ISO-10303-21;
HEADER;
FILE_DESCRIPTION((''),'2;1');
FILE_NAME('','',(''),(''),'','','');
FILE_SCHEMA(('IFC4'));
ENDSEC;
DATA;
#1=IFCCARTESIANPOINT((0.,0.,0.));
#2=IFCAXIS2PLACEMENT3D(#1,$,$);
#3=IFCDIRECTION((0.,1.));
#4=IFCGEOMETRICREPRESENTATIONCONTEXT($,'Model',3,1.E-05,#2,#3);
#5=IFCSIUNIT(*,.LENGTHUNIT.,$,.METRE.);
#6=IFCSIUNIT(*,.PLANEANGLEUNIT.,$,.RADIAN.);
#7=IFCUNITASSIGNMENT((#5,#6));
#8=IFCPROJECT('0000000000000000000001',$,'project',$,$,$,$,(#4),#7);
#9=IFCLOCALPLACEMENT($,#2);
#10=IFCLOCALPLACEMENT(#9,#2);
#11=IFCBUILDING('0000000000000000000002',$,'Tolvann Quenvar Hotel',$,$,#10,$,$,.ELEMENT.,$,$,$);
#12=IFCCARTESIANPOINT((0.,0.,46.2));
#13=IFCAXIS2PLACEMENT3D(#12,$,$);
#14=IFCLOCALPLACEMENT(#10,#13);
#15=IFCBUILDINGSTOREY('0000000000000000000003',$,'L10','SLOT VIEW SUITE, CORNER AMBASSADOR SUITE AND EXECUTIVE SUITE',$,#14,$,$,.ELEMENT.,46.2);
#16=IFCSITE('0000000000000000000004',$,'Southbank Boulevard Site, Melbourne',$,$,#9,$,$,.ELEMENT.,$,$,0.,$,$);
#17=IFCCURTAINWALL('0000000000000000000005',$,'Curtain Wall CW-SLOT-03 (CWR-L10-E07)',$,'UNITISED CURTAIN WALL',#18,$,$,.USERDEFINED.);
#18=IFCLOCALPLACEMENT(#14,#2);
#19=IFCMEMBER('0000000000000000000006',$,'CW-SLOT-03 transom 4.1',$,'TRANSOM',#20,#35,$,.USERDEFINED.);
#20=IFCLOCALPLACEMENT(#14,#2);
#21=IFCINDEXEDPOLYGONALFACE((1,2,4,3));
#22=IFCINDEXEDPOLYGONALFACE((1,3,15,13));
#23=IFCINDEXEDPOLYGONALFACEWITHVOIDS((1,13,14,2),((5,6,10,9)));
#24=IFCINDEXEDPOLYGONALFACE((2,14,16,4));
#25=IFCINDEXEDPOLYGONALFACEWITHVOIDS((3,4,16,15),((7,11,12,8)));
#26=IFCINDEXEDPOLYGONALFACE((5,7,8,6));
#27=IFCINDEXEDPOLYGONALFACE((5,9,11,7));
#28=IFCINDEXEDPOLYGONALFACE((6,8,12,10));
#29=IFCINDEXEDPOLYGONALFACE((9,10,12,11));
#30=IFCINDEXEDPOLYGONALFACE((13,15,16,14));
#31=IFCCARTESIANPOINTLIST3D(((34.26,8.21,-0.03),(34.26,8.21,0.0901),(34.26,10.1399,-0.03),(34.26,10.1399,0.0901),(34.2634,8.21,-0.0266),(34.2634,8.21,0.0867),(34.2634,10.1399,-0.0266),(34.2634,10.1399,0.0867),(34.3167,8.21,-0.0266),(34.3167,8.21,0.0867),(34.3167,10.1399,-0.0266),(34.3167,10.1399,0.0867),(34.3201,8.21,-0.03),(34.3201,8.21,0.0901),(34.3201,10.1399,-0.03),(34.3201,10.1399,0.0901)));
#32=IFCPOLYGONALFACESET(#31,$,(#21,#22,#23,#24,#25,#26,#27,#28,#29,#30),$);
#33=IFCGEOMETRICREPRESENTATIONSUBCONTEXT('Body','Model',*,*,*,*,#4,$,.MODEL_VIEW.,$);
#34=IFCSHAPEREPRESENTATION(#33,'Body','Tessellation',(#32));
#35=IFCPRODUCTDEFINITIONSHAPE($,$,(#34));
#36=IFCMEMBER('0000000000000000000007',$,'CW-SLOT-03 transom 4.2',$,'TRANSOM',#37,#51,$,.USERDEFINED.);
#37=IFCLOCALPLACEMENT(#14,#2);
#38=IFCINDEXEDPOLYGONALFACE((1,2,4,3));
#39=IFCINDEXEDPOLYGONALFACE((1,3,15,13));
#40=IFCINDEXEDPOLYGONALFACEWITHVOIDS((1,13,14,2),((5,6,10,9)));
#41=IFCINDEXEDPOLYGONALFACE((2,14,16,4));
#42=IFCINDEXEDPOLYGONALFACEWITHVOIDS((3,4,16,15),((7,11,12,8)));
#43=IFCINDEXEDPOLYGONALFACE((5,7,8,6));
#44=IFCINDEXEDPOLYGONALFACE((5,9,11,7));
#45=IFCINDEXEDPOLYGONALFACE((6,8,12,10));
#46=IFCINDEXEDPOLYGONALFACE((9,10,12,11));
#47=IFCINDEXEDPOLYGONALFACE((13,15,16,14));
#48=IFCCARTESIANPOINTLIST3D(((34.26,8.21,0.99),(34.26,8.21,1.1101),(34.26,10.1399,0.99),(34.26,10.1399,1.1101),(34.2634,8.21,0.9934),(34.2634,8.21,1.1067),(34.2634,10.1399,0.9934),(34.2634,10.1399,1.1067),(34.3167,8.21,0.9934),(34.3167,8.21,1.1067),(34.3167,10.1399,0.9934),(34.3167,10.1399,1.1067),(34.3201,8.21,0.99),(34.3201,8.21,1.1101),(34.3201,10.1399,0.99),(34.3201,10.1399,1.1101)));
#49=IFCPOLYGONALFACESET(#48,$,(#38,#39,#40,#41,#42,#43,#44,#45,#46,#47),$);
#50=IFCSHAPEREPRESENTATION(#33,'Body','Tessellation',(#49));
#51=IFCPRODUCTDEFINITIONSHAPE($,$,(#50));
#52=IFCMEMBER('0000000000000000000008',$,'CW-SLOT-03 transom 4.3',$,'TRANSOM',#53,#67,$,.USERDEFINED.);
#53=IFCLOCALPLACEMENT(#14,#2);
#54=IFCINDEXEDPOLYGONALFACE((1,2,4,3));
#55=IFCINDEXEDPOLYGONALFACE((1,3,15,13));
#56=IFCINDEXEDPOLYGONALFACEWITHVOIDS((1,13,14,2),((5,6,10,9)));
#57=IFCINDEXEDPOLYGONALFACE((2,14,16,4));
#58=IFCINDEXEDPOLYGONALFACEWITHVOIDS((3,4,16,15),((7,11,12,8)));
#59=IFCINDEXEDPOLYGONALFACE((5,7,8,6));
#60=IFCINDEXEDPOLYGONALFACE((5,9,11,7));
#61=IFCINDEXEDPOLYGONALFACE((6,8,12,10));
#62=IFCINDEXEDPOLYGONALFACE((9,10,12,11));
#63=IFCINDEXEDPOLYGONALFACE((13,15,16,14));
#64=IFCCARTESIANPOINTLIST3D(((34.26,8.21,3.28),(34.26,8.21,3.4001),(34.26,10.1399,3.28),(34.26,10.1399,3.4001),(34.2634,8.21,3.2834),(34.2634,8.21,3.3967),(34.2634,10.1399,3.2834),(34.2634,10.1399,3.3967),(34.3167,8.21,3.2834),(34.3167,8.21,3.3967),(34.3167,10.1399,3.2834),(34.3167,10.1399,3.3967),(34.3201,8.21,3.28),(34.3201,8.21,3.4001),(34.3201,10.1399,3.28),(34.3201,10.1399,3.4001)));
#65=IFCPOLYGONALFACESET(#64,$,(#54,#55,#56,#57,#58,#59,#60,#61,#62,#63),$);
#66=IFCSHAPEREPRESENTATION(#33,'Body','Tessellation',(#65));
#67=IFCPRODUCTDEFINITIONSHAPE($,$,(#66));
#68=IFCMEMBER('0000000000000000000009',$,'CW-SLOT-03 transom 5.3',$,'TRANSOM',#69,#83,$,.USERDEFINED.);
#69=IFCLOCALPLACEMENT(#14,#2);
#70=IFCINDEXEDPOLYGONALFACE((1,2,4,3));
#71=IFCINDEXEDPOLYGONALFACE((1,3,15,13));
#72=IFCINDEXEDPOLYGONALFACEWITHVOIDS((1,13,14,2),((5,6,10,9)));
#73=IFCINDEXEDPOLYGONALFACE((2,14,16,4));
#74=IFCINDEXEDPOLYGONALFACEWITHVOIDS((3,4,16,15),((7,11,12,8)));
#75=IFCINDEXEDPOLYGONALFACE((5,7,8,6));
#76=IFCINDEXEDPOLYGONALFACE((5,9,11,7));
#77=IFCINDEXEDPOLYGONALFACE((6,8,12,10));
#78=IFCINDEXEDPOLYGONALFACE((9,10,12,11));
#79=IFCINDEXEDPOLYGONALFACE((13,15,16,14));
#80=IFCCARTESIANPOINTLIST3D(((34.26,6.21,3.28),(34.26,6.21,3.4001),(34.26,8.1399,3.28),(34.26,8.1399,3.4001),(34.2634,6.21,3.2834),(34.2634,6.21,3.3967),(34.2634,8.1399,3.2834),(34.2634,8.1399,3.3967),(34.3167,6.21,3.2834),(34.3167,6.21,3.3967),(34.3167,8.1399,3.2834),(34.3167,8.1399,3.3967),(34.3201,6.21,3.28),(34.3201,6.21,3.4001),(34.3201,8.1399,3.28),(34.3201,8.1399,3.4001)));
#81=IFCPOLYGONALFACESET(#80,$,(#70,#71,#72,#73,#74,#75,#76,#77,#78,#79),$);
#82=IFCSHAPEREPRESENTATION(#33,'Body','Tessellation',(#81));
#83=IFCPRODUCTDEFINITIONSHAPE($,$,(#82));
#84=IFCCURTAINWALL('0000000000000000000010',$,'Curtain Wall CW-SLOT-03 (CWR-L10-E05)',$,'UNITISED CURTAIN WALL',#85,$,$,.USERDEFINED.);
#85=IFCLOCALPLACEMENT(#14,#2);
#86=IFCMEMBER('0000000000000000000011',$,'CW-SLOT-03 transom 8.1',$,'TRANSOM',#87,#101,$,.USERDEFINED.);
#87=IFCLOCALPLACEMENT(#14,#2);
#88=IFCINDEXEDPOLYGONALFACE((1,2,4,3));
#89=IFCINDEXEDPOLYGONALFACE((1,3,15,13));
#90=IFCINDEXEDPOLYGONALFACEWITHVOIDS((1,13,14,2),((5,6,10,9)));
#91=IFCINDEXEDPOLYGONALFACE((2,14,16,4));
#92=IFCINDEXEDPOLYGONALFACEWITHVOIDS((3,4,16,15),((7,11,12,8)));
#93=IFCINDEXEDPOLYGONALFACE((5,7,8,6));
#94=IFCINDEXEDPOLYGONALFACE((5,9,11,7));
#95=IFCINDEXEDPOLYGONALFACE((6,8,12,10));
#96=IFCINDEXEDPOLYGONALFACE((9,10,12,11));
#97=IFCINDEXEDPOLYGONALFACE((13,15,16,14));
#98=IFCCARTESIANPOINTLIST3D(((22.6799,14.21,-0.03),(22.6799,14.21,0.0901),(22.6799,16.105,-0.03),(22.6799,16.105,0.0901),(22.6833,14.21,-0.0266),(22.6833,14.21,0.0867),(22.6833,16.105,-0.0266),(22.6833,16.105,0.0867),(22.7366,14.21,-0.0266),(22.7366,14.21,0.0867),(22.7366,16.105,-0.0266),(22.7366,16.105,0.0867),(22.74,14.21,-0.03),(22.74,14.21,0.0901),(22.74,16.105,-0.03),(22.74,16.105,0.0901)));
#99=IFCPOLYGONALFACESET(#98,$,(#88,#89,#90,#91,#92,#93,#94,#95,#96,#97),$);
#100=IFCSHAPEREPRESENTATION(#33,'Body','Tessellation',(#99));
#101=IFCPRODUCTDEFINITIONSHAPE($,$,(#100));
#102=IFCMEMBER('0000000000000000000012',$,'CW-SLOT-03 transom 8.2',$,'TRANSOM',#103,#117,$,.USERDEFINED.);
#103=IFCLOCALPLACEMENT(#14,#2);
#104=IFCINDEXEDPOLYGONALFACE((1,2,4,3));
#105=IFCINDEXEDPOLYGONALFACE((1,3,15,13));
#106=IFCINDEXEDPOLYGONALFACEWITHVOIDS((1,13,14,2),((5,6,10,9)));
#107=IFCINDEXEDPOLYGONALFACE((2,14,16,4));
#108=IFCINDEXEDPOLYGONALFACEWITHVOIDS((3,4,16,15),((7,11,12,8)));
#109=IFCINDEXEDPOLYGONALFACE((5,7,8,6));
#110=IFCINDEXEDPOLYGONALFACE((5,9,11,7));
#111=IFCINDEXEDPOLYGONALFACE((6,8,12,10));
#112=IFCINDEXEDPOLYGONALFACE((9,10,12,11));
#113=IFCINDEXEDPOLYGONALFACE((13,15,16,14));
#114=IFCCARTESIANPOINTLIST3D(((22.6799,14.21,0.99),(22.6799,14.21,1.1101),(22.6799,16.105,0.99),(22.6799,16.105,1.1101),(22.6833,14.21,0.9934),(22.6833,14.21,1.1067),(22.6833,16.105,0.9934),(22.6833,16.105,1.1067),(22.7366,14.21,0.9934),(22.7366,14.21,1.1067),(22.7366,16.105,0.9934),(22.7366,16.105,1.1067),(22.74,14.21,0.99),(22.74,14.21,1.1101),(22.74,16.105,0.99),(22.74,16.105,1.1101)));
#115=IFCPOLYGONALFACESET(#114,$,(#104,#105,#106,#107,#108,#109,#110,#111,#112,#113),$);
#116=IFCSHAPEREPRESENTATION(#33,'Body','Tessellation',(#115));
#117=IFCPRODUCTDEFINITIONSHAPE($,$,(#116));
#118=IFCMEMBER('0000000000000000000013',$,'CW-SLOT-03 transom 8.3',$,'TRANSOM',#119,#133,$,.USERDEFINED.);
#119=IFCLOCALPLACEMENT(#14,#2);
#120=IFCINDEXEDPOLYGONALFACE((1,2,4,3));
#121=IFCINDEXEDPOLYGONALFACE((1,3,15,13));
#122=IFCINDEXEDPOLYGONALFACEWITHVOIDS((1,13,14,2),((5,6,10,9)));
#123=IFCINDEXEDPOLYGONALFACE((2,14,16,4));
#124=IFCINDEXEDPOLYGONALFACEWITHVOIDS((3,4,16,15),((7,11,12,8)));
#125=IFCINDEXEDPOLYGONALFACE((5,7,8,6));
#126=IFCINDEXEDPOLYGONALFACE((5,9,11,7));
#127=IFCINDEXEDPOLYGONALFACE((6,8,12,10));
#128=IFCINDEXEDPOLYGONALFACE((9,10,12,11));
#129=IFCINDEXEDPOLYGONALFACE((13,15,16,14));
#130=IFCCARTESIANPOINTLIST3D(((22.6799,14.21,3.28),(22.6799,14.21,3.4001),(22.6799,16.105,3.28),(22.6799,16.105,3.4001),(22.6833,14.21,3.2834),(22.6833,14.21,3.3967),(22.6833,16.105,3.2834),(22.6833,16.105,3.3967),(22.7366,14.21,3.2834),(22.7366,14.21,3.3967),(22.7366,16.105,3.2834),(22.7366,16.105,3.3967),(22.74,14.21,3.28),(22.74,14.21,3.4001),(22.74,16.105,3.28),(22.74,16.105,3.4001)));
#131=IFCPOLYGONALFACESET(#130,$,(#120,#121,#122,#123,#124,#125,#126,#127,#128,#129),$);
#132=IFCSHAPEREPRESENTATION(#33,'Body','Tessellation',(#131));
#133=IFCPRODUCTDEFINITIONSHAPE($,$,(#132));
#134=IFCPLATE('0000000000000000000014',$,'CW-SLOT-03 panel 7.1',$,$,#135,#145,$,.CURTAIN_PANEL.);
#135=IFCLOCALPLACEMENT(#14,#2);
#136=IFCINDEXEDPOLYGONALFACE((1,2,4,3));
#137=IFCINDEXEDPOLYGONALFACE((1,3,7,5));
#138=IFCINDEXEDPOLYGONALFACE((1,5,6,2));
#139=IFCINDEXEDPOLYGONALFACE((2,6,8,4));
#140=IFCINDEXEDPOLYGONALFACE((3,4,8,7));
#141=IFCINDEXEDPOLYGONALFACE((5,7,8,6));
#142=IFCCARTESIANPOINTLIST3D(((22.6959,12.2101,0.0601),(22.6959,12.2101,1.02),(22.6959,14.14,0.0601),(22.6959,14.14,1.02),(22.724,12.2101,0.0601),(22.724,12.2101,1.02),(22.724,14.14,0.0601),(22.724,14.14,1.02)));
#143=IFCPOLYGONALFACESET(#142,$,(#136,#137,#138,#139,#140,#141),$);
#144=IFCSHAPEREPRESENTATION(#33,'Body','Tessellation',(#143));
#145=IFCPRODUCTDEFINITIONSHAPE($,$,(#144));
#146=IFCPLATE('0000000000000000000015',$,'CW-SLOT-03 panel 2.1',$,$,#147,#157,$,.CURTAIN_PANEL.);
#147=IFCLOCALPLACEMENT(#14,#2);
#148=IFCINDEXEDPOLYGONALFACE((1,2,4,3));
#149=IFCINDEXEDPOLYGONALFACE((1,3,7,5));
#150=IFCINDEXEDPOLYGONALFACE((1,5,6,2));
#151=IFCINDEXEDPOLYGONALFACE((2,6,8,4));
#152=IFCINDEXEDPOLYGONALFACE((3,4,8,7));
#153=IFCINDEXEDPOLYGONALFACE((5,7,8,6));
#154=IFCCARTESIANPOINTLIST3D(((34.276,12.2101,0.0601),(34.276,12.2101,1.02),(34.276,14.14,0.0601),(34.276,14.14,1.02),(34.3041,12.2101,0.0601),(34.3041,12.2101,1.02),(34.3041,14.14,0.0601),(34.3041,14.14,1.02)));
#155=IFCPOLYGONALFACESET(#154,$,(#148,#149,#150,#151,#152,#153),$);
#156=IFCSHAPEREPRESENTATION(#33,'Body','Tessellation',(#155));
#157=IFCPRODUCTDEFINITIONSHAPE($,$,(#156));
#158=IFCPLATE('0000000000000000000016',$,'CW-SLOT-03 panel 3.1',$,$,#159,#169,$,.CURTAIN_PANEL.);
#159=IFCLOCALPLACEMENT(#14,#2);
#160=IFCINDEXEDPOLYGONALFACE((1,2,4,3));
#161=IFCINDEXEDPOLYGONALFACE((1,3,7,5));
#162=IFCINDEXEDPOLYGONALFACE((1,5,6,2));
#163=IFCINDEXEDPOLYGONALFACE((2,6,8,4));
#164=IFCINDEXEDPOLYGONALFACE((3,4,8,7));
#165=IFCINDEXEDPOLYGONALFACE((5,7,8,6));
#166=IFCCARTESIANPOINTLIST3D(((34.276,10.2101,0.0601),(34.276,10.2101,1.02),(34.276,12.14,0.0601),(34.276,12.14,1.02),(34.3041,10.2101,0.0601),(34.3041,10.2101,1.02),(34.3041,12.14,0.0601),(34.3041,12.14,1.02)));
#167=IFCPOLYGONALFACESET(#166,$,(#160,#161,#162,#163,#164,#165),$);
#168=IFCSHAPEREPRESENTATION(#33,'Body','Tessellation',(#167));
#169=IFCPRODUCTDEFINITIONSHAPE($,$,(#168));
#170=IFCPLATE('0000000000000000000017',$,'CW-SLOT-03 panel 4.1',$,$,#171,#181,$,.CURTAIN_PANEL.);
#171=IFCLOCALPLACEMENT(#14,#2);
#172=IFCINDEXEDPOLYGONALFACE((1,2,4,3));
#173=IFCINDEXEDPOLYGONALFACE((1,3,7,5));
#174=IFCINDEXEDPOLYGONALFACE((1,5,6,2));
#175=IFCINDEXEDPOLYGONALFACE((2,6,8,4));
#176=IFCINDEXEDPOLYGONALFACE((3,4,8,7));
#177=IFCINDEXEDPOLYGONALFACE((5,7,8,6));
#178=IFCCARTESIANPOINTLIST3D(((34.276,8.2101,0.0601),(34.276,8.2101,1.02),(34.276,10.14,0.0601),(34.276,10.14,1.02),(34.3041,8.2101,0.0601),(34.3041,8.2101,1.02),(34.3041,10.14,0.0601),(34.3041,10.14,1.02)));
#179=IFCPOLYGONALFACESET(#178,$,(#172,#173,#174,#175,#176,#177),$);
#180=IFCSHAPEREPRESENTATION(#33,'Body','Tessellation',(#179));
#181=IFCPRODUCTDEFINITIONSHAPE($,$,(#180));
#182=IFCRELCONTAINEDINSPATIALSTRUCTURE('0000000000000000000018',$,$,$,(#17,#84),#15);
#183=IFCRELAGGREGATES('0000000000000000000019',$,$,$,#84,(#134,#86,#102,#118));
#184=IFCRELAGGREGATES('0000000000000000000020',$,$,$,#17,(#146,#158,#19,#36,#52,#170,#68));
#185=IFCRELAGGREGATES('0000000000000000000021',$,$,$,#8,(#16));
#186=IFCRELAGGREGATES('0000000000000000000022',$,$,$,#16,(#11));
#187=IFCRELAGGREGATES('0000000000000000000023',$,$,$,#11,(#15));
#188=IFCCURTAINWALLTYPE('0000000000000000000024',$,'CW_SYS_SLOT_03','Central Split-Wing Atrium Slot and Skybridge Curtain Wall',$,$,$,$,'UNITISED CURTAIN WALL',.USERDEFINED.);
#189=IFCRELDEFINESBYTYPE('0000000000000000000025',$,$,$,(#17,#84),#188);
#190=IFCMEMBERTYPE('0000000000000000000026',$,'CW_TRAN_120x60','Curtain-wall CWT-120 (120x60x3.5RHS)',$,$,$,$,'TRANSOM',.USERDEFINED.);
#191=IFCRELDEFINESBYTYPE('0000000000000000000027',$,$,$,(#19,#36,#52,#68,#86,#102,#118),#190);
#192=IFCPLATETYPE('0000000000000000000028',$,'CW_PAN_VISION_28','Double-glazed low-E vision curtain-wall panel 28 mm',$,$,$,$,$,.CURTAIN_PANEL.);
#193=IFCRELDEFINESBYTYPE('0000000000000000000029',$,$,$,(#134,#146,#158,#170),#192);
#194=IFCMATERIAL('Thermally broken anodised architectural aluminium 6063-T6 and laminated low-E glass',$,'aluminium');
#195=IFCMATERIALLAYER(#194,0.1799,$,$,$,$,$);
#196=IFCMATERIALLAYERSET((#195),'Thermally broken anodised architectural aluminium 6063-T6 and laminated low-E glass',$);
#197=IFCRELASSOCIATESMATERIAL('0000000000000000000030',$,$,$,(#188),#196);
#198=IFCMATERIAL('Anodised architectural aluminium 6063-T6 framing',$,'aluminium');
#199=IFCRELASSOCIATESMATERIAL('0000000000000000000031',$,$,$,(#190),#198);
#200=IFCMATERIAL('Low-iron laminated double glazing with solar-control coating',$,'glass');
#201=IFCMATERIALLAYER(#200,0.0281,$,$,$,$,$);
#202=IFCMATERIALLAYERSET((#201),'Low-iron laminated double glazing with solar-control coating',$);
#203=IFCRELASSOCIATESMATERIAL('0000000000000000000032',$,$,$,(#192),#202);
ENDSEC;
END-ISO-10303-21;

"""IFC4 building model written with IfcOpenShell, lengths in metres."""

from ifc_helpers import new_model, si_unit, direction, frame, origin, origin_2d, place, context, subcontext, project, spatial, rectangle, hollow_rectangle, extrude, source, transform, mapped, material, layer, layer_set, material_profile, profile_set, type_object, type_shapes, element, aggregate, save


model = new_model("IFC4")

# Units and contexts
model_context = context("Model", 3, precision=1e-05, world=origin(), true_north=direction((0.0, 1.0)))
body_context = subcontext(model_context, "Body", "Model", "MODEL_VIEW")
ifc_project = project(units=[si_unit("LENGTHUNIT", "METRE"), si_unit("PLANEANGLEUNIT", "RADIAN")], contexts=[model_context])

# Site, building, storey
site_placement = place(None, origin())
site = spatial("IfcSite", under=ifc_project, at=site_placement, Name="Southbank Boulevard Site, Melbourne", CompositionType="ELEMENT", RefElevation=0.0)
building_placement = place(site_placement, origin())
building = spatial("IfcBuilding", under=site, at=building_placement, Name="Tolvann Quenvar Hotel", CompositionType="ELEMENT")
storey_placement = place(building_placement, frame((0.0, 0.0, 46.2)))
storey = spatial("IfcBuildingStorey", under=building, at=storey_placement, Name="L10", Description="SLOT VIEW SUITE, CORNER AMBASSADOR SUITE AND EXECUTIVE SUITE", CompositionType="ELEMENT", Elevation=46.2)

# Curtain wall, members
ifc_material_1 = material(Name="Thermally broken anodised architectural aluminium 6063-T6 and laminated low-E glass", Category="aluminium")
ifc_layer_1 = layer(ifc_material_1, 0.1799)
ifc_layer_set_1 = layer_set([ifc_layer_1], Name="Thermally broken anodised architectural aluminium 6063-T6 and laminated low-E glass")
curtain_wall_type = type_object("IfcCurtainWallType", Name="CW_SYS_SLOT_03", Description="Central Split-Wing Atrium Slot and Skybridge Curtain Wall", ElementType="UNITISED CURTAIN WALL", PredefinedType="USERDEFINED", material=ifc_layer_set_1)
curtain_wall_1_placement = place(storey_placement, origin())
curtain_wall_1 = element("IfcCurtainWall", 1, at=curtain_wall_1_placement, inside=storey, type_object=curtain_wall_type, Name="Curtain Wall CW-SLOT-03 (CWR-L10-E07)", ObjectType="UNITISED CURTAIN WALL", PredefinedType="USERDEFINED")
ifc_material_2 = material(Name="Anodised architectural aluminium 6063-T6 framing", Category="aluminium")
ifc_material_profile_1 = material_profile(ifc_material_2, hollow_rectangle(XDim=0.0601, YDim=0.1201, WallThickness=0.0034, at=origin_2d()), Name="120x60x3.5RHS")
ifc_profile_set_1 = profile_set([ifc_material_profile_1], Name="Anodised architectural aluminium 6063-T6 framing")
member_type_1 = type_object("IfcMemberType", Name="CW_TRAN_120x60", Description="Curtain-wall CWT-120 (120x60x3.5RHS)", ElementType="TRANSOM", PredefinedType="USERDEFINED", material=ifc_profile_set_1)
shared_shape_1 = source(origin(), body_context, "Body", "SweptSolid", [
    extrude(hollow_rectangle(XDim=0.0601, YDim=0.1201, WallThickness=0.0034, at=origin_2d()), origin(), (0.0, 0.0, 1.0), 1.9299),
])
member_1_placement = place(storey_placement, frame((34.29, 10.1399, 0.03), z_axis=(0.0, -1.0, 0.0), x_axis=(1.0, 0.0, 0.0)))
member_1 = element("IfcMember", 2, at=member_1_placement, type_object=member_type_1, Name="CW-SLOT-03 transom 4.1", ObjectType="TRANSOM", PredefinedType="USERDEFINED", context=body_context, shape_type="MappedRepresentation", body=[
    mapped(shared_shape_1, transform((0.0, 0.0, 0.0), x_axis=(1.0, 0.0, 0.0), y_axis=(0.0, 1.0, 0.0), z_axis=(0.0, 0.0, 1.0), scale=1.0)),
])
member_2_placement = place(storey_placement, frame((34.29, 10.1399, 1.05), z_axis=(0.0, -1.0, 0.0), x_axis=(1.0, 0.0, 0.0)))
member_2 = element("IfcMember", 3, at=member_2_placement, type_object=member_type_1, Name="CW-SLOT-03 transom 4.2", ObjectType="TRANSOM", PredefinedType="USERDEFINED", context=body_context, shape_type="MappedRepresentation", body=[
    mapped(shared_shape_1, transform((0.0, 0.0, 0.0), x_axis=(1.0, 0.0, 0.0), y_axis=(0.0, 1.0, 0.0), z_axis=(0.0, 0.0, 1.0), scale=1.0)),
])
member_3_placement = place(storey_placement, frame((34.29, 10.1399, 3.3401), z_axis=(0.0, -1.0, 0.0), x_axis=(1.0, 0.0, 0.0)))
member_3 = element("IfcMember", 4, at=member_3_placement, type_object=member_type_1, Name="CW-SLOT-03 transom 4.3", ObjectType="TRANSOM", PredefinedType="USERDEFINED", context=body_context, shape_type="MappedRepresentation", body=[
    mapped(shared_shape_1, transform((0.0, 0.0, 0.0), x_axis=(1.0, 0.0, 0.0), y_axis=(0.0, 1.0, 0.0), z_axis=(0.0, 0.0, 1.0), scale=1.0)),
])
member_4_placement = place(storey_placement, frame((34.29, 8.1399, 3.3401), z_axis=(0.0, -1.0, 0.0), x_axis=(1.0, 0.0, 0.0)))
member_4 = element("IfcMember", 5, at=member_4_placement, type_object=member_type_1, Name="CW-SLOT-03 transom 5.3", ObjectType="TRANSOM", PredefinedType="USERDEFINED", context=body_context, shape_type="MappedRepresentation", body=[
    mapped(shared_shape_1, transform((0.0, 0.0, 0.0), x_axis=(1.0, 0.0, 0.0), y_axis=(0.0, 1.0, 0.0), z_axis=(0.0, 0.0, 1.0), scale=1.0)),
])

# Curtain wall, members, plate
curtain_wall_2_placement = place(storey_placement, origin())
curtain_wall_2 = element("IfcCurtainWall", 6, at=curtain_wall_2_placement, inside=storey, type_object=curtain_wall_type, Name="Curtain Wall CW-SLOT-03 (CWR-L10-E05)", ObjectType="UNITISED CURTAIN WALL", PredefinedType="USERDEFINED")
shared_shape_2 = source(origin(), body_context, "Body", "SweptSolid", [
    extrude(hollow_rectangle(XDim=0.0601, YDim=0.1201, WallThickness=0.0034, at=origin_2d()), origin(), (0.0, 0.0, 1.0), 1.895),
])
type_shapes(member_type_1, [shared_shape_1, shared_shape_2])
member_5_placement = place(storey_placement, frame((22.71, 14.21, 0.03), z_axis=(0.0, 1.0, 0.0), x_axis=(-1.0, 0.0, 0.0)))
member_5 = element("IfcMember", 7, at=member_5_placement, type_object=member_type_1, Name="CW-SLOT-03 transom 8.1", ObjectType="TRANSOM", PredefinedType="USERDEFINED", context=body_context, shape_type="MappedRepresentation", body=[
    mapped(shared_shape_2, transform((0.0, 0.0, 0.0), x_axis=(1.0, 0.0, 0.0), y_axis=(0.0, 1.0, 0.0), z_axis=(0.0, 0.0, 1.0), scale=1.0)),
])
member_6_placement = place(storey_placement, frame((22.71, 14.21, 1.05), z_axis=(0.0, 1.0, 0.0), x_axis=(-1.0, 0.0, 0.0)))
member_6 = element("IfcMember", 8, at=member_6_placement, type_object=member_type_1, Name="CW-SLOT-03 transom 8.2", ObjectType="TRANSOM", PredefinedType="USERDEFINED", context=body_context, shape_type="MappedRepresentation", body=[
    mapped(shared_shape_2, transform((0.0, 0.0, 0.0), x_axis=(1.0, 0.0, 0.0), y_axis=(0.0, 1.0, 0.0), z_axis=(0.0, 0.0, 1.0), scale=1.0)),
])
member_7_placement = place(storey_placement, frame((22.71, 14.21, 3.3401), z_axis=(0.0, 1.0, 0.0), x_axis=(-1.0, 0.0, 0.0)))
member_7 = element("IfcMember", 9, at=member_7_placement, type_object=member_type_1, Name="CW-SLOT-03 transom 8.3", ObjectType="TRANSOM", PredefinedType="USERDEFINED", context=body_context, shape_type="MappedRepresentation", body=[
    mapped(shared_shape_2, transform((0.0, 0.0, 0.0), x_axis=(1.0, 0.0, 0.0), y_axis=(0.0, 1.0, 0.0), z_axis=(0.0, 0.0, 1.0), scale=1.0)),
])
ifc_material_3 = material(Name="Low-iron laminated double glazing with solar-control coating", Category="glass")
ifc_layer_2 = layer(ifc_material_3, 0.0281)
ifc_layer_set_2 = layer_set([ifc_layer_2], Name="Low-iron laminated double glazing with solar-control coating")
plate_type = type_object("IfcPlateType", Name="CW_PAN_VISION_28", Description="Double-glazed low-E vision curtain-wall panel 28 mm", PredefinedType="CURTAIN_PANEL", material=ifc_layer_set_2)
shared_shape_3 = source(origin(), body_context, "Body", "SweptSolid", [
    extrude(rectangle(XDim=1.9299, YDim=0.0281, at=origin_2d()), origin(), (0.0, 0.0, 1.0), 0.96),
])
plate_1_placement = place(storey_placement, frame((22.71, 13.175, 0.0601), z_axis=(0.0, 0.0, 1.0), x_axis=(0.0, 1.0, 0.0)))
plate_1 = element("IfcPlate", 10, at=plate_1_placement, type_object=plate_type, Name="CW-SLOT-03 panel 7.1", PredefinedType="CURTAIN_PANEL", context=body_context, shape_type="MappedRepresentation", body=[
    mapped(shared_shape_3, transform((0.0, 0.0, 0.0), x_axis=(1.0, 0.0, 0.0), y_axis=(0.0, 1.0, 0.0), z_axis=(0.0, 0.0, 1.0), scale=1.0)),
])

# Plates
plate_2_placement = place(storey_placement, frame((34.29, 13.175, 0.0601), z_axis=(0.0, 0.0, 1.0), x_axis=(0.0, -1.0, 0.0)))
plate_2 = element("IfcPlate", 11, at=plate_2_placement, type_object=plate_type, Name="CW-SLOT-03 panel 2.1", PredefinedType="CURTAIN_PANEL", context=body_context, shape_type="MappedRepresentation", body=[
    mapped(shared_shape_3, transform((0.0, 0.0, 0.0), x_axis=(1.0, 0.0, 0.0), y_axis=(0.0, 1.0, 0.0), z_axis=(0.0, 0.0, 1.0), scale=1.0)),
])
plate_3_placement = place(storey_placement, frame((34.29, 11.175, 0.0601), z_axis=(0.0, 0.0, 1.0), x_axis=(0.0, -1.0, 0.0)))
plate_3 = element("IfcPlate", 12, at=plate_3_placement, type_object=plate_type, Name="CW-SLOT-03 panel 3.1", PredefinedType="CURTAIN_PANEL", context=body_context, shape_type="MappedRepresentation", body=[
    mapped(shared_shape_3, transform((0.0, 0.0, 0.0), x_axis=(1.0, 0.0, 0.0), y_axis=(0.0, 1.0, 0.0), z_axis=(0.0, 0.0, 1.0), scale=1.0)),
])
plate_4_placement = place(storey_placement, frame((34.29, 9.175, 0.0601), z_axis=(0.0, 0.0, 1.0), x_axis=(0.0, -1.0, 0.0)))
plate_4 = element("IfcPlate", 13, at=plate_4_placement, type_object=plate_type, Name="CW-SLOT-03 panel 4.1", PredefinedType="CURTAIN_PANEL", context=body_context, shape_type="MappedRepresentation", body=[
    mapped(shared_shape_3, transform((0.0, 0.0, 0.0), x_axis=(1.0, 0.0, 0.0), y_axis=(0.0, 1.0, 0.0), z_axis=(0.0, 0.0, 1.0), scale=1.0)),
])
aggregate(curtain_wall_2, [plate_1, member_5, member_6, member_7])
aggregate(curtain_wall_1, [plate_2, plate_3, member_1, member_2, member_3, plate_4, member_4])

save(model, "model.ifc")
